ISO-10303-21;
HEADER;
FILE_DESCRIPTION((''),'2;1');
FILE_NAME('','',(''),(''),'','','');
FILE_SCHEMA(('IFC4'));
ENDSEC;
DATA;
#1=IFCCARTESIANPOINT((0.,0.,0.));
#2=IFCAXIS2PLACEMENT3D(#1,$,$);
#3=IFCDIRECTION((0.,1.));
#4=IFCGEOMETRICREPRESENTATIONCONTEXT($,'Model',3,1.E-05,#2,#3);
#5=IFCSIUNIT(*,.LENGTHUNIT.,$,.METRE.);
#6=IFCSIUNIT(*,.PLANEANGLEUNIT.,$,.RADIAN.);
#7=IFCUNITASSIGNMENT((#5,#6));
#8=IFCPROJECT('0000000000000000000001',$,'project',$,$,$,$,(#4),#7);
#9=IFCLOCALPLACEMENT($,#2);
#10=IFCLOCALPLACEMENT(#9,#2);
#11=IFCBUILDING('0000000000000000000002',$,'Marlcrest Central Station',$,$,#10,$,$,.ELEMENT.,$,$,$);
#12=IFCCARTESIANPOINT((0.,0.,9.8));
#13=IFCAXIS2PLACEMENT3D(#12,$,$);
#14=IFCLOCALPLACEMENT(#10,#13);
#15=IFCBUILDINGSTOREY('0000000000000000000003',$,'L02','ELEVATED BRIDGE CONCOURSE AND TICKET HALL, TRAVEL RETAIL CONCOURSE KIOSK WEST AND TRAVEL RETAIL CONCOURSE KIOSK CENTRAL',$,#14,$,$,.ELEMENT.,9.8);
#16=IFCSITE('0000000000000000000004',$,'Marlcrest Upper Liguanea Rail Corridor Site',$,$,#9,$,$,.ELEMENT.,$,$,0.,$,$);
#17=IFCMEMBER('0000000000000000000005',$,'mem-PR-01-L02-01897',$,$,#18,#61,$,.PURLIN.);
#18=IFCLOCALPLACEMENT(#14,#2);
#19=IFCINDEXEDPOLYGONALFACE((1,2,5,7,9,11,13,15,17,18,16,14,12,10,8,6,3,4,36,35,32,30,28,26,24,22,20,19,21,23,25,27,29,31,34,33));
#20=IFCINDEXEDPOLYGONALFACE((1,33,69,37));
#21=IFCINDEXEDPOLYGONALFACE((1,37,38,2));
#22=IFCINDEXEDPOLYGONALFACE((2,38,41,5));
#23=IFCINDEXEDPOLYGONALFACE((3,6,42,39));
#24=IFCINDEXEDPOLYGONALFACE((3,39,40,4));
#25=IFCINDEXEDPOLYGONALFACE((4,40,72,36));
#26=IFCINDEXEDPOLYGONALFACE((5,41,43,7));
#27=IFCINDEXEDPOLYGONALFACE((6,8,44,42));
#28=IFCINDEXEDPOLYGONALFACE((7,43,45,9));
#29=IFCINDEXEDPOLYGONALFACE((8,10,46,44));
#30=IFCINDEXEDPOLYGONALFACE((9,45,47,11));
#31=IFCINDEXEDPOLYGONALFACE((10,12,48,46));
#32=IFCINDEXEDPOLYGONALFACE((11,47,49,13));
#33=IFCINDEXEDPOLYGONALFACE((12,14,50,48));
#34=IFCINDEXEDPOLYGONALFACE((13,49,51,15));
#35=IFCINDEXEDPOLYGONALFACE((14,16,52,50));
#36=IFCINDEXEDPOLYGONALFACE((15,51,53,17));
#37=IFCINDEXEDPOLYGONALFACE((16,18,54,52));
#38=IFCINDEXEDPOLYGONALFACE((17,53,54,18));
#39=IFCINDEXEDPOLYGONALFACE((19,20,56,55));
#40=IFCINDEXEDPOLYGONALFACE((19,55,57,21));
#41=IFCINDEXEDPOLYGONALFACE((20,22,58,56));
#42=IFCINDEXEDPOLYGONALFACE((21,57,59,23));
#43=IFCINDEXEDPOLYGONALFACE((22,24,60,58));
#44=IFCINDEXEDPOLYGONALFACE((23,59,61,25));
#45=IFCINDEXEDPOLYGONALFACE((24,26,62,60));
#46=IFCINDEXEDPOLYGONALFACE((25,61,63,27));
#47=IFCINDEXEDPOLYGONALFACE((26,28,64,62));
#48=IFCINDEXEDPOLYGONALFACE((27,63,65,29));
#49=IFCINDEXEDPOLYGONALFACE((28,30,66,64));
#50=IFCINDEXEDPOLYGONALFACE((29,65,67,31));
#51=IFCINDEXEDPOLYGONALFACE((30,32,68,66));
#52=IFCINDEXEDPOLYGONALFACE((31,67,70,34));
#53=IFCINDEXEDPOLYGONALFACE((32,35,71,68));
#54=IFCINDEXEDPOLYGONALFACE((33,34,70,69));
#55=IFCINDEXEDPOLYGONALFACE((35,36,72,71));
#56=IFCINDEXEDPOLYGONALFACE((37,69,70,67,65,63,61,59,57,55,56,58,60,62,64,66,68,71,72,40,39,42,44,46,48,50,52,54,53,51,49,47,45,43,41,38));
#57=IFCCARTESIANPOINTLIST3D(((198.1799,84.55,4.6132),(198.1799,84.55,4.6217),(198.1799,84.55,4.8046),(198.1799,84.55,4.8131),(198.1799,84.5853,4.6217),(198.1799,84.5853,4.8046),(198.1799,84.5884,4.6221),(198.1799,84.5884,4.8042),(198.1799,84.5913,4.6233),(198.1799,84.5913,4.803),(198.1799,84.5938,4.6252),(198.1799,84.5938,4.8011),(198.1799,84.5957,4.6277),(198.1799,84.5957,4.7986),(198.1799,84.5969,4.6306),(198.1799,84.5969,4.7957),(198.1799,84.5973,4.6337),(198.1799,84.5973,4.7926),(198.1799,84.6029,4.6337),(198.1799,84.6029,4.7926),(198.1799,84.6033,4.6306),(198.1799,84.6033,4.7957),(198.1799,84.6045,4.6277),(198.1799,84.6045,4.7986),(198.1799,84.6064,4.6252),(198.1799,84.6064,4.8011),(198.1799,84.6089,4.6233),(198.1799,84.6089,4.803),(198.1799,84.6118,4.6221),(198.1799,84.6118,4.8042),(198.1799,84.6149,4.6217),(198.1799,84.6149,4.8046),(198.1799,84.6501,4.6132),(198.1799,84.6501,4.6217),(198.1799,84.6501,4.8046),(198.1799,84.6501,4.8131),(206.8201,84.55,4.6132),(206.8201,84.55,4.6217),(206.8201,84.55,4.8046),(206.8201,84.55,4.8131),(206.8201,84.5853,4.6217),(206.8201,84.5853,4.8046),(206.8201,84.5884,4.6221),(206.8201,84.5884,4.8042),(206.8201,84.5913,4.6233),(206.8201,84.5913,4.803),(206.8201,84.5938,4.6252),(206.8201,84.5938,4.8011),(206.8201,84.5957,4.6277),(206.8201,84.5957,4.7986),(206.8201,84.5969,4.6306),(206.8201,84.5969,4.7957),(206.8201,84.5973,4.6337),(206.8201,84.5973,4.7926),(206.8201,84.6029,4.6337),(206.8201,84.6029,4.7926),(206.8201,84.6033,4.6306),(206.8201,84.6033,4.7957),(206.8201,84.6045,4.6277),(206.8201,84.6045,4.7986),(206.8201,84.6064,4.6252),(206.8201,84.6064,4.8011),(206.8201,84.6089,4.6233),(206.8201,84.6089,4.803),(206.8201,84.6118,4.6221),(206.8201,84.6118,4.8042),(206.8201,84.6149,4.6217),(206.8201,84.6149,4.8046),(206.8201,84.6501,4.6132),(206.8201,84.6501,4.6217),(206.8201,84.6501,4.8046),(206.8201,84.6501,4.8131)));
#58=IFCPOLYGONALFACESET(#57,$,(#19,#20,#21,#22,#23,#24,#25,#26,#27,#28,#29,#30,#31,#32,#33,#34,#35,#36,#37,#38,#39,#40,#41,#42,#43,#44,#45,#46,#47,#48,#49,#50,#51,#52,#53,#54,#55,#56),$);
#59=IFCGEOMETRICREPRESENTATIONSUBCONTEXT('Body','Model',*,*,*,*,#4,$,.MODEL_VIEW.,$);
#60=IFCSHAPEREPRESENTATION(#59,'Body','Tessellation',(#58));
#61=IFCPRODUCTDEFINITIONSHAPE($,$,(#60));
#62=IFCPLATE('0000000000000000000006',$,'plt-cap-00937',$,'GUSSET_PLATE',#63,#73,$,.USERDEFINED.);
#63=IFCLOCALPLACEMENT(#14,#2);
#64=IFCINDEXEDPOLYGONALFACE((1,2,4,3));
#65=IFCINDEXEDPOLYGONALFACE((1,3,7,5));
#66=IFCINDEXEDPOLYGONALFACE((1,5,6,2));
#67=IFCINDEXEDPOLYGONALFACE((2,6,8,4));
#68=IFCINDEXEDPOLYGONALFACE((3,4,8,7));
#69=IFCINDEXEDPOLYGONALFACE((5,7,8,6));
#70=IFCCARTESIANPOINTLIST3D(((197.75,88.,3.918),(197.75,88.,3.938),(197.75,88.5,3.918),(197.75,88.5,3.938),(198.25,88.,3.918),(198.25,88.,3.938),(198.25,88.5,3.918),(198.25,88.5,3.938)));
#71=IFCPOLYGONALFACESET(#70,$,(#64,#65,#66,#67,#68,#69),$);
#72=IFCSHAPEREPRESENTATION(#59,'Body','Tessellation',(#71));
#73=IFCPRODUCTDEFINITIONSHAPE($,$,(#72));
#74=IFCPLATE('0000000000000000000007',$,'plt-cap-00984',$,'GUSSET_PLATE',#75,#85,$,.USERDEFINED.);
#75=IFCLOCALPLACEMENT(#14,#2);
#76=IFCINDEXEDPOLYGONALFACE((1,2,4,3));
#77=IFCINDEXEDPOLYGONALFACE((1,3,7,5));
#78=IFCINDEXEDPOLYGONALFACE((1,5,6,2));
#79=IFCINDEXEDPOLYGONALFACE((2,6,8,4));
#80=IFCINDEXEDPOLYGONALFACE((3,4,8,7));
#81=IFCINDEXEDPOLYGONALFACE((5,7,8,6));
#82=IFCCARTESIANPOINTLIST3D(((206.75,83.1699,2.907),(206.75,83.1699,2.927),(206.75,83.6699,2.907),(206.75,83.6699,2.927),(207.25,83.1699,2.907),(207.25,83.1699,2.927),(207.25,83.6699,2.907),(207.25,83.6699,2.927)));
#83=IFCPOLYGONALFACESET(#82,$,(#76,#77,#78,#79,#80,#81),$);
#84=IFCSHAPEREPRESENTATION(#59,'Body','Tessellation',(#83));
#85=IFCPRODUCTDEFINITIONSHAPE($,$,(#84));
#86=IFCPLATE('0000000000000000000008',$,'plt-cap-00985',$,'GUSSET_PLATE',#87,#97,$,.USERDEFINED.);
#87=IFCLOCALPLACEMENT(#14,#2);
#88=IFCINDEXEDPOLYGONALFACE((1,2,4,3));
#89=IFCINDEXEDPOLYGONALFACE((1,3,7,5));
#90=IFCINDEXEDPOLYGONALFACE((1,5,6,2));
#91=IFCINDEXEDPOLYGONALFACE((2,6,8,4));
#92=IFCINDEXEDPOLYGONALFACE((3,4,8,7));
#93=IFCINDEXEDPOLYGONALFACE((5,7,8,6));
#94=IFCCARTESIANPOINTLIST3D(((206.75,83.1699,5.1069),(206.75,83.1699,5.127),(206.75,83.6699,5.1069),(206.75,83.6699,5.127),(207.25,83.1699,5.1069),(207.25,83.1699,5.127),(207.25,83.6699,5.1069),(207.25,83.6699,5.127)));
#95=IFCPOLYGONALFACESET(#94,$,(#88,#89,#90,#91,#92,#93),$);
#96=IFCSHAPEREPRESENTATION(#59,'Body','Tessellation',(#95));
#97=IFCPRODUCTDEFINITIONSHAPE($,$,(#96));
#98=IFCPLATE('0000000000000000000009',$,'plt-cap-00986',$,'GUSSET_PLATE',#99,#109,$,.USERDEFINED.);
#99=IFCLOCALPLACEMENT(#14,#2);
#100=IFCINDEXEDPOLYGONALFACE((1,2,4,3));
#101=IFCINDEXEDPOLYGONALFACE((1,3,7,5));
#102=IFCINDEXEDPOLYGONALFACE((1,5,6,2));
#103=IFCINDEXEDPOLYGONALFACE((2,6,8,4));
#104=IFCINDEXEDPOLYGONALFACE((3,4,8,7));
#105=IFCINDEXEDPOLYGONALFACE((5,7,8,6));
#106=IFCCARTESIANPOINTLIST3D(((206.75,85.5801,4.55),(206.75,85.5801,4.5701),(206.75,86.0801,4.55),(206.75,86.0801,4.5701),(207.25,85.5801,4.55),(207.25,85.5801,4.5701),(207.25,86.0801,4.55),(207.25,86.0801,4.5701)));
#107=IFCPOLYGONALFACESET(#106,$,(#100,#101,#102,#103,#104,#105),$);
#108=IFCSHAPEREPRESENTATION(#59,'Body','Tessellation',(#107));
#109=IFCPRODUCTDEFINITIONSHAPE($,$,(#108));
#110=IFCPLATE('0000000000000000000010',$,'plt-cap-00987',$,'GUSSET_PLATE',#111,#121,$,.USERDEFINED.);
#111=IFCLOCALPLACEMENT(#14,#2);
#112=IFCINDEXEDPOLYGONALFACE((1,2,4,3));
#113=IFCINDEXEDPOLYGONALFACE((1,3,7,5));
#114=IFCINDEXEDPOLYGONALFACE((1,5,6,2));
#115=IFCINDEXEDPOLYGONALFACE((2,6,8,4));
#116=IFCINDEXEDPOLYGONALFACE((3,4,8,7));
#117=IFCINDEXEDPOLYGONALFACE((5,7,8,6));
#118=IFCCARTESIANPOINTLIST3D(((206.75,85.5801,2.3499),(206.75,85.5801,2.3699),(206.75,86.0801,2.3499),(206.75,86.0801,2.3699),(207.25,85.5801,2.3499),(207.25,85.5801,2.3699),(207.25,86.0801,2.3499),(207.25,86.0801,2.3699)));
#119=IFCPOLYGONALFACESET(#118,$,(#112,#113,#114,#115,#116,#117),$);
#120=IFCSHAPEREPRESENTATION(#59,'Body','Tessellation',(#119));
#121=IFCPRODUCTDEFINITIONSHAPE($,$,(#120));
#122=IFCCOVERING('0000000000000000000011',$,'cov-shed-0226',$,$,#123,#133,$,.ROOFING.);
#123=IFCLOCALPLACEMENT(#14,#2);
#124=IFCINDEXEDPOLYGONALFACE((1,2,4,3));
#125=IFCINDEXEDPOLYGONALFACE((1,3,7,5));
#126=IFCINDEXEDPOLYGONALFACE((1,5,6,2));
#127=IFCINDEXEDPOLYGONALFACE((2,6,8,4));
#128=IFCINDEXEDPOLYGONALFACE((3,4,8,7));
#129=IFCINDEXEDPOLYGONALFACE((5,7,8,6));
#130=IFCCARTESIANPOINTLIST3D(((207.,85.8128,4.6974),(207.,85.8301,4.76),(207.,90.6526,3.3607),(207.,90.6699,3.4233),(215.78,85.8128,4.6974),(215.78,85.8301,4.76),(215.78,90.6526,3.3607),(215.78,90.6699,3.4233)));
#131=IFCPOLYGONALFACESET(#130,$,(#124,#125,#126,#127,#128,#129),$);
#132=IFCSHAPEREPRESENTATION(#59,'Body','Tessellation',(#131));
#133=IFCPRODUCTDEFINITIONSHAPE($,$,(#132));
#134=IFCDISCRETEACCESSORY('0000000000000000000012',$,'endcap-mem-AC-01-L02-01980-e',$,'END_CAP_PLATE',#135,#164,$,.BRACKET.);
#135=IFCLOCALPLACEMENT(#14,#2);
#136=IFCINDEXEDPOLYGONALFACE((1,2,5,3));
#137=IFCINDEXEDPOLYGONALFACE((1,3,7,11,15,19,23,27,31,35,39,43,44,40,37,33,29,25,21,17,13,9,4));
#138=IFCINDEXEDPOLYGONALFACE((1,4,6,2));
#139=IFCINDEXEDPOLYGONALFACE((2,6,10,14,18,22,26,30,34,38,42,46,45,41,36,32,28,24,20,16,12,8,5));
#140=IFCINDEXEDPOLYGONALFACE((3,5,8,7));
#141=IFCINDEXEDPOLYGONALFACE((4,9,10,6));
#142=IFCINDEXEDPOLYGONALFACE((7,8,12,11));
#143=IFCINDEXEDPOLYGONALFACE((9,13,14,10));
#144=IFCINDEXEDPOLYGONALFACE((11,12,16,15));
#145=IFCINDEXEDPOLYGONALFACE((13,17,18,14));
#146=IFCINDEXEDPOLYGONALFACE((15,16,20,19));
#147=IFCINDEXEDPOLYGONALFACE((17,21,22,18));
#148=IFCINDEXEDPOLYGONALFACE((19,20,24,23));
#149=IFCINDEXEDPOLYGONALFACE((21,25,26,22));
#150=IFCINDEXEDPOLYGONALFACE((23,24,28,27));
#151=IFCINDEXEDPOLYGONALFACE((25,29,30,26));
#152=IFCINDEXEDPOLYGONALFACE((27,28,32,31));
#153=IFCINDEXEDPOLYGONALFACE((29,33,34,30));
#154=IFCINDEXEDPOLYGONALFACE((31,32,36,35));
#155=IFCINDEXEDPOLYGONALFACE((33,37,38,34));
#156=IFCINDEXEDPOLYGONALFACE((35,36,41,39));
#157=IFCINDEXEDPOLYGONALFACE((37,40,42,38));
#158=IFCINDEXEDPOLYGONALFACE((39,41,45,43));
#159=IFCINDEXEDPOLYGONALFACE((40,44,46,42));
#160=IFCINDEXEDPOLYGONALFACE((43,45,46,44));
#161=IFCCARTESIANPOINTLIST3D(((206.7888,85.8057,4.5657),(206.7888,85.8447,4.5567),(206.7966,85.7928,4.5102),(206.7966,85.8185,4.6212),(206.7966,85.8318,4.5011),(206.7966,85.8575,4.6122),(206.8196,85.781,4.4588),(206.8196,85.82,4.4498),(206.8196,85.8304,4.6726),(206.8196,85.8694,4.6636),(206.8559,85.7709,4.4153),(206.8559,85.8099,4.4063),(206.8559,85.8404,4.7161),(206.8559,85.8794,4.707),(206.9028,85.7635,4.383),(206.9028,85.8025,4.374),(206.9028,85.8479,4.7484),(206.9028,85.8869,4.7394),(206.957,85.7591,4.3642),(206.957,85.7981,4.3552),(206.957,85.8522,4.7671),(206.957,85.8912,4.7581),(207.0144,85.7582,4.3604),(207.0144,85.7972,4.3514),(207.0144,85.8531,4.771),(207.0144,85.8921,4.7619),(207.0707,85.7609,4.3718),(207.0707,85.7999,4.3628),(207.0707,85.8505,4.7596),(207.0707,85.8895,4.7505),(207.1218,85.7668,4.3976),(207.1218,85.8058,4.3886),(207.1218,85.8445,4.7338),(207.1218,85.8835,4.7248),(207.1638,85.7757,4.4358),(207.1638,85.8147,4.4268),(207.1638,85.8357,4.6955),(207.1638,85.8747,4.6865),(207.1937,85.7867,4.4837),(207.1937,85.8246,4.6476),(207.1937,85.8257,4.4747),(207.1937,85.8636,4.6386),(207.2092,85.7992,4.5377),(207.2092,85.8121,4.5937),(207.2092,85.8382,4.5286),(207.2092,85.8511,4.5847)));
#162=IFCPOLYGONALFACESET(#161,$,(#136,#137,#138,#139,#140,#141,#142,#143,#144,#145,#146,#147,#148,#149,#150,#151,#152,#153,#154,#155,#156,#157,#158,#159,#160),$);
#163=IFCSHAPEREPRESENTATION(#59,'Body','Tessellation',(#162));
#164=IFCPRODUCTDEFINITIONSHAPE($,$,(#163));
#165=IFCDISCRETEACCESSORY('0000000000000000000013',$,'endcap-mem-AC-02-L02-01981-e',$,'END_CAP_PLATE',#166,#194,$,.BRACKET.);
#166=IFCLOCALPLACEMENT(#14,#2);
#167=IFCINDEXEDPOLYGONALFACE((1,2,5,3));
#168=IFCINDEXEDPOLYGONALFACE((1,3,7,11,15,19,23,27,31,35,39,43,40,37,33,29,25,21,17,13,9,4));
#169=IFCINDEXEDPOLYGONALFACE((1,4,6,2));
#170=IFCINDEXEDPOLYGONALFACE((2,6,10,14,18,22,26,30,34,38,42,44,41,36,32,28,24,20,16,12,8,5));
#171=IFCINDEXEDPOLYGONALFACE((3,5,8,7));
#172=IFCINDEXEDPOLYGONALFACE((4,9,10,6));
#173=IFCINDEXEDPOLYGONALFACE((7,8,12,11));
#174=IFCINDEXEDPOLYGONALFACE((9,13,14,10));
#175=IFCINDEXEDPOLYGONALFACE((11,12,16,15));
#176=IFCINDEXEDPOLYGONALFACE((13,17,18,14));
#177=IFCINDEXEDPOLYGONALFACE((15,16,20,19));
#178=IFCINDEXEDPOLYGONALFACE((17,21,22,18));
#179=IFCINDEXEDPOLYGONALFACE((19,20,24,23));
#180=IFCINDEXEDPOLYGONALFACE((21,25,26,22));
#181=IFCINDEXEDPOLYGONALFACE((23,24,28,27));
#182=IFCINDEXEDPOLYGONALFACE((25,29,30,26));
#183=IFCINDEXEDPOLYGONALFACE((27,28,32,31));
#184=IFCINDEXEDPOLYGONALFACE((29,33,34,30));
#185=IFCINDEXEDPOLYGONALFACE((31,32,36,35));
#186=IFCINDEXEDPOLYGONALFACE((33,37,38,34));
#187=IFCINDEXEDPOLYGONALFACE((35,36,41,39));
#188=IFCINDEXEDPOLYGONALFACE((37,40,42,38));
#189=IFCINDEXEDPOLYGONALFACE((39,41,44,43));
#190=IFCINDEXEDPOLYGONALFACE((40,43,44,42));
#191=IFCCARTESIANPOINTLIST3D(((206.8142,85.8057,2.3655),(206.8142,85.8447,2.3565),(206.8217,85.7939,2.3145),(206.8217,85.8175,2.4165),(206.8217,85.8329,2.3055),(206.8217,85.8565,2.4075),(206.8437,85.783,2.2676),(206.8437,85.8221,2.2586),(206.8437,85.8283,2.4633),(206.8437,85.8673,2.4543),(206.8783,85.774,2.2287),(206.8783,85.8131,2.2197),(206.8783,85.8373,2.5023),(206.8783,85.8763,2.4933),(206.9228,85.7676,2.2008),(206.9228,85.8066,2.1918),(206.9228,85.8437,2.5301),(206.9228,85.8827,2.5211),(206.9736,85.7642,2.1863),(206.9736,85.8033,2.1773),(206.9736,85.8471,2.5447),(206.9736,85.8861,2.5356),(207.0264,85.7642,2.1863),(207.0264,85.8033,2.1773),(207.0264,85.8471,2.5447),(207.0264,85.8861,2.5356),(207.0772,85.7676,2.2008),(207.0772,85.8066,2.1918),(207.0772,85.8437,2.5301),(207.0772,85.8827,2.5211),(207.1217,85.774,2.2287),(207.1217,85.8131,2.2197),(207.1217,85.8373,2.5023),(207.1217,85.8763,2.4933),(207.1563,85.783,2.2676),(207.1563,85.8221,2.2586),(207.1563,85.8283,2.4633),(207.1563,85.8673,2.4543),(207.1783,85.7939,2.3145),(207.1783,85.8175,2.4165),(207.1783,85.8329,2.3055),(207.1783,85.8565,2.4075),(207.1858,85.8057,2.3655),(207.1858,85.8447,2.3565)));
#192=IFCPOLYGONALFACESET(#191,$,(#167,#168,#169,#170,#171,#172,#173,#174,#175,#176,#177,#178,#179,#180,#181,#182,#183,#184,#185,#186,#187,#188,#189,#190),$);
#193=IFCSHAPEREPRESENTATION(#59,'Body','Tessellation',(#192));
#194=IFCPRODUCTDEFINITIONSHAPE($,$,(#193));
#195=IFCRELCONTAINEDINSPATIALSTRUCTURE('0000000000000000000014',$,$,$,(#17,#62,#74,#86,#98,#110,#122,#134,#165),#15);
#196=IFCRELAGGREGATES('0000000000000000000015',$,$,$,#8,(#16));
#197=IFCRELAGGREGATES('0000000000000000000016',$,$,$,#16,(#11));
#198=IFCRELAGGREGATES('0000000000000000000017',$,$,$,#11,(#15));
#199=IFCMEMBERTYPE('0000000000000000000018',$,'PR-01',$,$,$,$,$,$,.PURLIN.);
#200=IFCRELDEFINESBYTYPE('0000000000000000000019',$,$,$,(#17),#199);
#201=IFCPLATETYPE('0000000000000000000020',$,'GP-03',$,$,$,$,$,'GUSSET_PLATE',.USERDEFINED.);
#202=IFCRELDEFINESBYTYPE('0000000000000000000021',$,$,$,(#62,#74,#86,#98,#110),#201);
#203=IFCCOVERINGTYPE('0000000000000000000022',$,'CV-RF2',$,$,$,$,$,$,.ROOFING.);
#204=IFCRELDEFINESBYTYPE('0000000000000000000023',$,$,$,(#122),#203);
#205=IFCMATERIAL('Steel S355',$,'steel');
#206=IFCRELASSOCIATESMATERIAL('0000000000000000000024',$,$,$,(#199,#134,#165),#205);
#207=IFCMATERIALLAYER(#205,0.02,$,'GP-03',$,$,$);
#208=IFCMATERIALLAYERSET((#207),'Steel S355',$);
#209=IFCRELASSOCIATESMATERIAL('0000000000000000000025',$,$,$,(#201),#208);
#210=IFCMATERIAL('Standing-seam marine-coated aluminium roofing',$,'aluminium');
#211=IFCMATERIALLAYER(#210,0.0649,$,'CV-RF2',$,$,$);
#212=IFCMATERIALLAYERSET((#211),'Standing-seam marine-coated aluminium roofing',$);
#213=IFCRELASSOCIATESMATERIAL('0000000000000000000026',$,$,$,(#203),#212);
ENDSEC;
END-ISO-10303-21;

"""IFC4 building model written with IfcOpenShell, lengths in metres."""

from ifc_helpers import new_model, si_unit, direction, frame, origin, origin_2d, place, context, subcontext, project, spatial, polyline, rectangle, circle, i_section, outline, extrude, material, layer, layer_set, material_profile, profile_set, type_object, element, save


model = new_model("IFC4")

# Units and contexts
model_context = context("Model", 3, precision=1e-05, world=origin(), true_north=direction((0.0, 1.0)))
body_context = subcontext(model_context, "Body", "Model", "MODEL_VIEW")
ifc_project = project(units=[si_unit("LENGTHUNIT", "METRE"), si_unit("PLANEANGLEUNIT", "RADIAN")], contexts=[model_context])

# Site, building, storey
site_placement = place(None, origin())
site = spatial("IfcSite", under=ifc_project, at=site_placement, Name="Marlcrest Upper Liguanea Rail Corridor Site", CompositionType="ELEMENT", RefElevation=0.0)
building_placement = place(site_placement, origin())
building = spatial("IfcBuilding", under=site, at=building_placement, Name="Marlcrest Central Station", CompositionType="ELEMENT")
storey_placement = place(building_placement, frame((0.0, 0.0, 9.8)))
storey = spatial("IfcBuildingStorey", under=building, at=storey_placement, Name="L02", Description="ELEVATED BRIDGE CONCOURSE AND TICKET HALL, TRAVEL RETAIL CONCOURSE KIOSK WEST AND TRAVEL RETAIL CONCOURSE KIOSK CENTRAL", CompositionType="ELEMENT", Elevation=9.8)

# Member
ifc_material_1 = material(Name="Steel S355", Category="steel")
ifc_material_profile_1 = material_profile(ifc_material_1, i_section(OverallWidth=0.1001, OverallDepth=0.2, WebThickness=0.0056, FlangeThickness=0.0085, FilletRadius=0.012, at=origin_2d()), Name="IPE 200")
ifc_profile_set_1 = profile_set([ifc_material_profile_1], Name="Steel S355")
member_type_1 = type_object("IfcMemberType", Name="PR-01", PredefinedType="PURLIN", material=ifc_profile_set_1)
member_1_placement = place(storey_placement, frame((198.1799, 84.6001, 4.7131), z_axis=(1.0, 0.0, 0.0), x_axis=(0.0, 1.0, 0.0)))
element("IfcMember", 1, at=member_1_placement, inside=storey, type_object=member_type_1, Name="mem-PR-01-L02-01897", PredefinedType="PURLIN", context=body_context, shape_type="SweptSolid", body=[
    extrude(i_section(OverallWidth=0.1001, OverallDepth=0.2, WebThickness=0.0056, FlangeThickness=0.0085, FilletRadius=0.012, at=origin_2d()), origin(), (0.0, 0.0, 1.0), 8.6401),
])

# Plates
ifc_layer_1 = layer(ifc_material_1, 0.02, Name="GP-03")
ifc_layer_set_1 = layer_set([ifc_layer_1], Name="Steel S355")
plate_type = type_object("IfcPlateType", Name="GP-03", ElementType="GUSSET_PLATE", PredefinedType="USERDEFINED", material=ifc_layer_set_1)
for number, where, z_axis, x_axis, name in (
    (2, (198.0, 88.25, 3.918), (0.0, 0.0, 1.0), (1.0, 0.0, 0.0), "plt-cap-00937"),
    (3, (207.0, 83.4199, 2.907), (0.0, 0.0, 1.0), (1.0, 0.0, 0.0), "plt-cap-00984"),
    (4, (207.0, 83.4199, 5.1069), (0.0, 0.0, 1.0), (1.0, 0.0, 0.0), "plt-cap-00985"),
    (5, (207.0, 85.8301, 4.55), (0.0, 0.0, 1.0), (1.0, 0.0, 0.0), "plt-cap-00986"),
    (6, (207.0, 85.8301, 2.3499), (0.0, 0.0, 1.0), (1.0, 0.0, 0.0), "plt-cap-00987"),
):
    element("IfcPlate", number, at=place(storey_placement, frame(where, z_axis=z_axis, x_axis=x_axis)), inside=storey, type_object=plate_type, Name=name, ObjectType="GUSSET_PLATE", PredefinedType="USERDEFINED", context=body_context, shape_type="SweptSolid", body=[
        extrude(rectangle(XDim=0.5, YDim=0.5, at=origin_2d()), origin(), (0.0, 0.0, 1.0), 0.02),
    ])

# Covering
ifc_material_2 = material(Name="Standing-seam marine-coated aluminium roofing", Category="aluminium")
ifc_layer_2 = layer(ifc_material_2, 0.0649, Name="CV-RF2")
ifc_layer_set_2 = layer_set([ifc_layer_2], Name="Standing-seam marine-coated aluminium roofing")
covering_type = type_object("IfcCoveringType", Name="CV-RF2", PredefinedType="ROOFING", material=ifc_layer_set_2)
covering_placement = place(storey_placement, frame((207.0, 85.8301, 4.76), z_axis=(0.0, 0.266214, 0.963914), x_axis=(1.0, 0.0, 0.0)))
element("IfcCovering", 7, at=covering_placement, inside=storey, type_object=covering_type, Name="cov-shed-0226", PredefinedType="ROOFING", context=body_context, shape_type="SweptSolid", body=[
    extrude(outline(polyline([(0.0, 0.0), (8.78, 0.0), (8.78, 5.021), (0.0, 5.021), (0.0, 0.0)])), origin(), (0.0, 0.0, -1.0), 0.0649),
])

# Discrete accessories
discrete_accessory_1_placement = place(storey_placement, frame((207.0, 85.8057, 4.5657), z_axis=(0.0, 0.97433, -0.225126), x_axis=(-1.0, 0.0, 0.0)))
element("IfcDiscreteAccessory", 8, at=discrete_accessory_1_placement, inside=storey, material=ifc_material_1, Name="endcap-mem-AC-01-L02-01980-e", ObjectType="END_CAP_PLATE", PredefinedType="BRACKET", context=body_context, shape_type="SweptSolid", body=[
    extrude(circle(Radius=0.2112, at=origin_2d()), origin(), (0.0, 0.0, 1.0), 0.04),
])
discrete_accessory_2_placement = place(storey_placement, frame((207.0, 85.8057, 2.3655), z_axis=(0.0, 0.974308, -0.22522), x_axis=(-1.0, 0.0, 0.0)))
element("IfcDiscreteAccessory", 9, at=discrete_accessory_2_placement, inside=storey, material=ifc_material_1, Name="endcap-mem-AC-02-L02-01981-e", ObjectType="END_CAP_PLATE", PredefinedType="BRACKET", context=body_context, shape_type="SweptSolid", body=[
    extrude(circle(Radius=0.1858, at=origin_2d()), origin(), (0.0, 0.0, 1.0), 0.04),
])

save(model, "model.ifc")
